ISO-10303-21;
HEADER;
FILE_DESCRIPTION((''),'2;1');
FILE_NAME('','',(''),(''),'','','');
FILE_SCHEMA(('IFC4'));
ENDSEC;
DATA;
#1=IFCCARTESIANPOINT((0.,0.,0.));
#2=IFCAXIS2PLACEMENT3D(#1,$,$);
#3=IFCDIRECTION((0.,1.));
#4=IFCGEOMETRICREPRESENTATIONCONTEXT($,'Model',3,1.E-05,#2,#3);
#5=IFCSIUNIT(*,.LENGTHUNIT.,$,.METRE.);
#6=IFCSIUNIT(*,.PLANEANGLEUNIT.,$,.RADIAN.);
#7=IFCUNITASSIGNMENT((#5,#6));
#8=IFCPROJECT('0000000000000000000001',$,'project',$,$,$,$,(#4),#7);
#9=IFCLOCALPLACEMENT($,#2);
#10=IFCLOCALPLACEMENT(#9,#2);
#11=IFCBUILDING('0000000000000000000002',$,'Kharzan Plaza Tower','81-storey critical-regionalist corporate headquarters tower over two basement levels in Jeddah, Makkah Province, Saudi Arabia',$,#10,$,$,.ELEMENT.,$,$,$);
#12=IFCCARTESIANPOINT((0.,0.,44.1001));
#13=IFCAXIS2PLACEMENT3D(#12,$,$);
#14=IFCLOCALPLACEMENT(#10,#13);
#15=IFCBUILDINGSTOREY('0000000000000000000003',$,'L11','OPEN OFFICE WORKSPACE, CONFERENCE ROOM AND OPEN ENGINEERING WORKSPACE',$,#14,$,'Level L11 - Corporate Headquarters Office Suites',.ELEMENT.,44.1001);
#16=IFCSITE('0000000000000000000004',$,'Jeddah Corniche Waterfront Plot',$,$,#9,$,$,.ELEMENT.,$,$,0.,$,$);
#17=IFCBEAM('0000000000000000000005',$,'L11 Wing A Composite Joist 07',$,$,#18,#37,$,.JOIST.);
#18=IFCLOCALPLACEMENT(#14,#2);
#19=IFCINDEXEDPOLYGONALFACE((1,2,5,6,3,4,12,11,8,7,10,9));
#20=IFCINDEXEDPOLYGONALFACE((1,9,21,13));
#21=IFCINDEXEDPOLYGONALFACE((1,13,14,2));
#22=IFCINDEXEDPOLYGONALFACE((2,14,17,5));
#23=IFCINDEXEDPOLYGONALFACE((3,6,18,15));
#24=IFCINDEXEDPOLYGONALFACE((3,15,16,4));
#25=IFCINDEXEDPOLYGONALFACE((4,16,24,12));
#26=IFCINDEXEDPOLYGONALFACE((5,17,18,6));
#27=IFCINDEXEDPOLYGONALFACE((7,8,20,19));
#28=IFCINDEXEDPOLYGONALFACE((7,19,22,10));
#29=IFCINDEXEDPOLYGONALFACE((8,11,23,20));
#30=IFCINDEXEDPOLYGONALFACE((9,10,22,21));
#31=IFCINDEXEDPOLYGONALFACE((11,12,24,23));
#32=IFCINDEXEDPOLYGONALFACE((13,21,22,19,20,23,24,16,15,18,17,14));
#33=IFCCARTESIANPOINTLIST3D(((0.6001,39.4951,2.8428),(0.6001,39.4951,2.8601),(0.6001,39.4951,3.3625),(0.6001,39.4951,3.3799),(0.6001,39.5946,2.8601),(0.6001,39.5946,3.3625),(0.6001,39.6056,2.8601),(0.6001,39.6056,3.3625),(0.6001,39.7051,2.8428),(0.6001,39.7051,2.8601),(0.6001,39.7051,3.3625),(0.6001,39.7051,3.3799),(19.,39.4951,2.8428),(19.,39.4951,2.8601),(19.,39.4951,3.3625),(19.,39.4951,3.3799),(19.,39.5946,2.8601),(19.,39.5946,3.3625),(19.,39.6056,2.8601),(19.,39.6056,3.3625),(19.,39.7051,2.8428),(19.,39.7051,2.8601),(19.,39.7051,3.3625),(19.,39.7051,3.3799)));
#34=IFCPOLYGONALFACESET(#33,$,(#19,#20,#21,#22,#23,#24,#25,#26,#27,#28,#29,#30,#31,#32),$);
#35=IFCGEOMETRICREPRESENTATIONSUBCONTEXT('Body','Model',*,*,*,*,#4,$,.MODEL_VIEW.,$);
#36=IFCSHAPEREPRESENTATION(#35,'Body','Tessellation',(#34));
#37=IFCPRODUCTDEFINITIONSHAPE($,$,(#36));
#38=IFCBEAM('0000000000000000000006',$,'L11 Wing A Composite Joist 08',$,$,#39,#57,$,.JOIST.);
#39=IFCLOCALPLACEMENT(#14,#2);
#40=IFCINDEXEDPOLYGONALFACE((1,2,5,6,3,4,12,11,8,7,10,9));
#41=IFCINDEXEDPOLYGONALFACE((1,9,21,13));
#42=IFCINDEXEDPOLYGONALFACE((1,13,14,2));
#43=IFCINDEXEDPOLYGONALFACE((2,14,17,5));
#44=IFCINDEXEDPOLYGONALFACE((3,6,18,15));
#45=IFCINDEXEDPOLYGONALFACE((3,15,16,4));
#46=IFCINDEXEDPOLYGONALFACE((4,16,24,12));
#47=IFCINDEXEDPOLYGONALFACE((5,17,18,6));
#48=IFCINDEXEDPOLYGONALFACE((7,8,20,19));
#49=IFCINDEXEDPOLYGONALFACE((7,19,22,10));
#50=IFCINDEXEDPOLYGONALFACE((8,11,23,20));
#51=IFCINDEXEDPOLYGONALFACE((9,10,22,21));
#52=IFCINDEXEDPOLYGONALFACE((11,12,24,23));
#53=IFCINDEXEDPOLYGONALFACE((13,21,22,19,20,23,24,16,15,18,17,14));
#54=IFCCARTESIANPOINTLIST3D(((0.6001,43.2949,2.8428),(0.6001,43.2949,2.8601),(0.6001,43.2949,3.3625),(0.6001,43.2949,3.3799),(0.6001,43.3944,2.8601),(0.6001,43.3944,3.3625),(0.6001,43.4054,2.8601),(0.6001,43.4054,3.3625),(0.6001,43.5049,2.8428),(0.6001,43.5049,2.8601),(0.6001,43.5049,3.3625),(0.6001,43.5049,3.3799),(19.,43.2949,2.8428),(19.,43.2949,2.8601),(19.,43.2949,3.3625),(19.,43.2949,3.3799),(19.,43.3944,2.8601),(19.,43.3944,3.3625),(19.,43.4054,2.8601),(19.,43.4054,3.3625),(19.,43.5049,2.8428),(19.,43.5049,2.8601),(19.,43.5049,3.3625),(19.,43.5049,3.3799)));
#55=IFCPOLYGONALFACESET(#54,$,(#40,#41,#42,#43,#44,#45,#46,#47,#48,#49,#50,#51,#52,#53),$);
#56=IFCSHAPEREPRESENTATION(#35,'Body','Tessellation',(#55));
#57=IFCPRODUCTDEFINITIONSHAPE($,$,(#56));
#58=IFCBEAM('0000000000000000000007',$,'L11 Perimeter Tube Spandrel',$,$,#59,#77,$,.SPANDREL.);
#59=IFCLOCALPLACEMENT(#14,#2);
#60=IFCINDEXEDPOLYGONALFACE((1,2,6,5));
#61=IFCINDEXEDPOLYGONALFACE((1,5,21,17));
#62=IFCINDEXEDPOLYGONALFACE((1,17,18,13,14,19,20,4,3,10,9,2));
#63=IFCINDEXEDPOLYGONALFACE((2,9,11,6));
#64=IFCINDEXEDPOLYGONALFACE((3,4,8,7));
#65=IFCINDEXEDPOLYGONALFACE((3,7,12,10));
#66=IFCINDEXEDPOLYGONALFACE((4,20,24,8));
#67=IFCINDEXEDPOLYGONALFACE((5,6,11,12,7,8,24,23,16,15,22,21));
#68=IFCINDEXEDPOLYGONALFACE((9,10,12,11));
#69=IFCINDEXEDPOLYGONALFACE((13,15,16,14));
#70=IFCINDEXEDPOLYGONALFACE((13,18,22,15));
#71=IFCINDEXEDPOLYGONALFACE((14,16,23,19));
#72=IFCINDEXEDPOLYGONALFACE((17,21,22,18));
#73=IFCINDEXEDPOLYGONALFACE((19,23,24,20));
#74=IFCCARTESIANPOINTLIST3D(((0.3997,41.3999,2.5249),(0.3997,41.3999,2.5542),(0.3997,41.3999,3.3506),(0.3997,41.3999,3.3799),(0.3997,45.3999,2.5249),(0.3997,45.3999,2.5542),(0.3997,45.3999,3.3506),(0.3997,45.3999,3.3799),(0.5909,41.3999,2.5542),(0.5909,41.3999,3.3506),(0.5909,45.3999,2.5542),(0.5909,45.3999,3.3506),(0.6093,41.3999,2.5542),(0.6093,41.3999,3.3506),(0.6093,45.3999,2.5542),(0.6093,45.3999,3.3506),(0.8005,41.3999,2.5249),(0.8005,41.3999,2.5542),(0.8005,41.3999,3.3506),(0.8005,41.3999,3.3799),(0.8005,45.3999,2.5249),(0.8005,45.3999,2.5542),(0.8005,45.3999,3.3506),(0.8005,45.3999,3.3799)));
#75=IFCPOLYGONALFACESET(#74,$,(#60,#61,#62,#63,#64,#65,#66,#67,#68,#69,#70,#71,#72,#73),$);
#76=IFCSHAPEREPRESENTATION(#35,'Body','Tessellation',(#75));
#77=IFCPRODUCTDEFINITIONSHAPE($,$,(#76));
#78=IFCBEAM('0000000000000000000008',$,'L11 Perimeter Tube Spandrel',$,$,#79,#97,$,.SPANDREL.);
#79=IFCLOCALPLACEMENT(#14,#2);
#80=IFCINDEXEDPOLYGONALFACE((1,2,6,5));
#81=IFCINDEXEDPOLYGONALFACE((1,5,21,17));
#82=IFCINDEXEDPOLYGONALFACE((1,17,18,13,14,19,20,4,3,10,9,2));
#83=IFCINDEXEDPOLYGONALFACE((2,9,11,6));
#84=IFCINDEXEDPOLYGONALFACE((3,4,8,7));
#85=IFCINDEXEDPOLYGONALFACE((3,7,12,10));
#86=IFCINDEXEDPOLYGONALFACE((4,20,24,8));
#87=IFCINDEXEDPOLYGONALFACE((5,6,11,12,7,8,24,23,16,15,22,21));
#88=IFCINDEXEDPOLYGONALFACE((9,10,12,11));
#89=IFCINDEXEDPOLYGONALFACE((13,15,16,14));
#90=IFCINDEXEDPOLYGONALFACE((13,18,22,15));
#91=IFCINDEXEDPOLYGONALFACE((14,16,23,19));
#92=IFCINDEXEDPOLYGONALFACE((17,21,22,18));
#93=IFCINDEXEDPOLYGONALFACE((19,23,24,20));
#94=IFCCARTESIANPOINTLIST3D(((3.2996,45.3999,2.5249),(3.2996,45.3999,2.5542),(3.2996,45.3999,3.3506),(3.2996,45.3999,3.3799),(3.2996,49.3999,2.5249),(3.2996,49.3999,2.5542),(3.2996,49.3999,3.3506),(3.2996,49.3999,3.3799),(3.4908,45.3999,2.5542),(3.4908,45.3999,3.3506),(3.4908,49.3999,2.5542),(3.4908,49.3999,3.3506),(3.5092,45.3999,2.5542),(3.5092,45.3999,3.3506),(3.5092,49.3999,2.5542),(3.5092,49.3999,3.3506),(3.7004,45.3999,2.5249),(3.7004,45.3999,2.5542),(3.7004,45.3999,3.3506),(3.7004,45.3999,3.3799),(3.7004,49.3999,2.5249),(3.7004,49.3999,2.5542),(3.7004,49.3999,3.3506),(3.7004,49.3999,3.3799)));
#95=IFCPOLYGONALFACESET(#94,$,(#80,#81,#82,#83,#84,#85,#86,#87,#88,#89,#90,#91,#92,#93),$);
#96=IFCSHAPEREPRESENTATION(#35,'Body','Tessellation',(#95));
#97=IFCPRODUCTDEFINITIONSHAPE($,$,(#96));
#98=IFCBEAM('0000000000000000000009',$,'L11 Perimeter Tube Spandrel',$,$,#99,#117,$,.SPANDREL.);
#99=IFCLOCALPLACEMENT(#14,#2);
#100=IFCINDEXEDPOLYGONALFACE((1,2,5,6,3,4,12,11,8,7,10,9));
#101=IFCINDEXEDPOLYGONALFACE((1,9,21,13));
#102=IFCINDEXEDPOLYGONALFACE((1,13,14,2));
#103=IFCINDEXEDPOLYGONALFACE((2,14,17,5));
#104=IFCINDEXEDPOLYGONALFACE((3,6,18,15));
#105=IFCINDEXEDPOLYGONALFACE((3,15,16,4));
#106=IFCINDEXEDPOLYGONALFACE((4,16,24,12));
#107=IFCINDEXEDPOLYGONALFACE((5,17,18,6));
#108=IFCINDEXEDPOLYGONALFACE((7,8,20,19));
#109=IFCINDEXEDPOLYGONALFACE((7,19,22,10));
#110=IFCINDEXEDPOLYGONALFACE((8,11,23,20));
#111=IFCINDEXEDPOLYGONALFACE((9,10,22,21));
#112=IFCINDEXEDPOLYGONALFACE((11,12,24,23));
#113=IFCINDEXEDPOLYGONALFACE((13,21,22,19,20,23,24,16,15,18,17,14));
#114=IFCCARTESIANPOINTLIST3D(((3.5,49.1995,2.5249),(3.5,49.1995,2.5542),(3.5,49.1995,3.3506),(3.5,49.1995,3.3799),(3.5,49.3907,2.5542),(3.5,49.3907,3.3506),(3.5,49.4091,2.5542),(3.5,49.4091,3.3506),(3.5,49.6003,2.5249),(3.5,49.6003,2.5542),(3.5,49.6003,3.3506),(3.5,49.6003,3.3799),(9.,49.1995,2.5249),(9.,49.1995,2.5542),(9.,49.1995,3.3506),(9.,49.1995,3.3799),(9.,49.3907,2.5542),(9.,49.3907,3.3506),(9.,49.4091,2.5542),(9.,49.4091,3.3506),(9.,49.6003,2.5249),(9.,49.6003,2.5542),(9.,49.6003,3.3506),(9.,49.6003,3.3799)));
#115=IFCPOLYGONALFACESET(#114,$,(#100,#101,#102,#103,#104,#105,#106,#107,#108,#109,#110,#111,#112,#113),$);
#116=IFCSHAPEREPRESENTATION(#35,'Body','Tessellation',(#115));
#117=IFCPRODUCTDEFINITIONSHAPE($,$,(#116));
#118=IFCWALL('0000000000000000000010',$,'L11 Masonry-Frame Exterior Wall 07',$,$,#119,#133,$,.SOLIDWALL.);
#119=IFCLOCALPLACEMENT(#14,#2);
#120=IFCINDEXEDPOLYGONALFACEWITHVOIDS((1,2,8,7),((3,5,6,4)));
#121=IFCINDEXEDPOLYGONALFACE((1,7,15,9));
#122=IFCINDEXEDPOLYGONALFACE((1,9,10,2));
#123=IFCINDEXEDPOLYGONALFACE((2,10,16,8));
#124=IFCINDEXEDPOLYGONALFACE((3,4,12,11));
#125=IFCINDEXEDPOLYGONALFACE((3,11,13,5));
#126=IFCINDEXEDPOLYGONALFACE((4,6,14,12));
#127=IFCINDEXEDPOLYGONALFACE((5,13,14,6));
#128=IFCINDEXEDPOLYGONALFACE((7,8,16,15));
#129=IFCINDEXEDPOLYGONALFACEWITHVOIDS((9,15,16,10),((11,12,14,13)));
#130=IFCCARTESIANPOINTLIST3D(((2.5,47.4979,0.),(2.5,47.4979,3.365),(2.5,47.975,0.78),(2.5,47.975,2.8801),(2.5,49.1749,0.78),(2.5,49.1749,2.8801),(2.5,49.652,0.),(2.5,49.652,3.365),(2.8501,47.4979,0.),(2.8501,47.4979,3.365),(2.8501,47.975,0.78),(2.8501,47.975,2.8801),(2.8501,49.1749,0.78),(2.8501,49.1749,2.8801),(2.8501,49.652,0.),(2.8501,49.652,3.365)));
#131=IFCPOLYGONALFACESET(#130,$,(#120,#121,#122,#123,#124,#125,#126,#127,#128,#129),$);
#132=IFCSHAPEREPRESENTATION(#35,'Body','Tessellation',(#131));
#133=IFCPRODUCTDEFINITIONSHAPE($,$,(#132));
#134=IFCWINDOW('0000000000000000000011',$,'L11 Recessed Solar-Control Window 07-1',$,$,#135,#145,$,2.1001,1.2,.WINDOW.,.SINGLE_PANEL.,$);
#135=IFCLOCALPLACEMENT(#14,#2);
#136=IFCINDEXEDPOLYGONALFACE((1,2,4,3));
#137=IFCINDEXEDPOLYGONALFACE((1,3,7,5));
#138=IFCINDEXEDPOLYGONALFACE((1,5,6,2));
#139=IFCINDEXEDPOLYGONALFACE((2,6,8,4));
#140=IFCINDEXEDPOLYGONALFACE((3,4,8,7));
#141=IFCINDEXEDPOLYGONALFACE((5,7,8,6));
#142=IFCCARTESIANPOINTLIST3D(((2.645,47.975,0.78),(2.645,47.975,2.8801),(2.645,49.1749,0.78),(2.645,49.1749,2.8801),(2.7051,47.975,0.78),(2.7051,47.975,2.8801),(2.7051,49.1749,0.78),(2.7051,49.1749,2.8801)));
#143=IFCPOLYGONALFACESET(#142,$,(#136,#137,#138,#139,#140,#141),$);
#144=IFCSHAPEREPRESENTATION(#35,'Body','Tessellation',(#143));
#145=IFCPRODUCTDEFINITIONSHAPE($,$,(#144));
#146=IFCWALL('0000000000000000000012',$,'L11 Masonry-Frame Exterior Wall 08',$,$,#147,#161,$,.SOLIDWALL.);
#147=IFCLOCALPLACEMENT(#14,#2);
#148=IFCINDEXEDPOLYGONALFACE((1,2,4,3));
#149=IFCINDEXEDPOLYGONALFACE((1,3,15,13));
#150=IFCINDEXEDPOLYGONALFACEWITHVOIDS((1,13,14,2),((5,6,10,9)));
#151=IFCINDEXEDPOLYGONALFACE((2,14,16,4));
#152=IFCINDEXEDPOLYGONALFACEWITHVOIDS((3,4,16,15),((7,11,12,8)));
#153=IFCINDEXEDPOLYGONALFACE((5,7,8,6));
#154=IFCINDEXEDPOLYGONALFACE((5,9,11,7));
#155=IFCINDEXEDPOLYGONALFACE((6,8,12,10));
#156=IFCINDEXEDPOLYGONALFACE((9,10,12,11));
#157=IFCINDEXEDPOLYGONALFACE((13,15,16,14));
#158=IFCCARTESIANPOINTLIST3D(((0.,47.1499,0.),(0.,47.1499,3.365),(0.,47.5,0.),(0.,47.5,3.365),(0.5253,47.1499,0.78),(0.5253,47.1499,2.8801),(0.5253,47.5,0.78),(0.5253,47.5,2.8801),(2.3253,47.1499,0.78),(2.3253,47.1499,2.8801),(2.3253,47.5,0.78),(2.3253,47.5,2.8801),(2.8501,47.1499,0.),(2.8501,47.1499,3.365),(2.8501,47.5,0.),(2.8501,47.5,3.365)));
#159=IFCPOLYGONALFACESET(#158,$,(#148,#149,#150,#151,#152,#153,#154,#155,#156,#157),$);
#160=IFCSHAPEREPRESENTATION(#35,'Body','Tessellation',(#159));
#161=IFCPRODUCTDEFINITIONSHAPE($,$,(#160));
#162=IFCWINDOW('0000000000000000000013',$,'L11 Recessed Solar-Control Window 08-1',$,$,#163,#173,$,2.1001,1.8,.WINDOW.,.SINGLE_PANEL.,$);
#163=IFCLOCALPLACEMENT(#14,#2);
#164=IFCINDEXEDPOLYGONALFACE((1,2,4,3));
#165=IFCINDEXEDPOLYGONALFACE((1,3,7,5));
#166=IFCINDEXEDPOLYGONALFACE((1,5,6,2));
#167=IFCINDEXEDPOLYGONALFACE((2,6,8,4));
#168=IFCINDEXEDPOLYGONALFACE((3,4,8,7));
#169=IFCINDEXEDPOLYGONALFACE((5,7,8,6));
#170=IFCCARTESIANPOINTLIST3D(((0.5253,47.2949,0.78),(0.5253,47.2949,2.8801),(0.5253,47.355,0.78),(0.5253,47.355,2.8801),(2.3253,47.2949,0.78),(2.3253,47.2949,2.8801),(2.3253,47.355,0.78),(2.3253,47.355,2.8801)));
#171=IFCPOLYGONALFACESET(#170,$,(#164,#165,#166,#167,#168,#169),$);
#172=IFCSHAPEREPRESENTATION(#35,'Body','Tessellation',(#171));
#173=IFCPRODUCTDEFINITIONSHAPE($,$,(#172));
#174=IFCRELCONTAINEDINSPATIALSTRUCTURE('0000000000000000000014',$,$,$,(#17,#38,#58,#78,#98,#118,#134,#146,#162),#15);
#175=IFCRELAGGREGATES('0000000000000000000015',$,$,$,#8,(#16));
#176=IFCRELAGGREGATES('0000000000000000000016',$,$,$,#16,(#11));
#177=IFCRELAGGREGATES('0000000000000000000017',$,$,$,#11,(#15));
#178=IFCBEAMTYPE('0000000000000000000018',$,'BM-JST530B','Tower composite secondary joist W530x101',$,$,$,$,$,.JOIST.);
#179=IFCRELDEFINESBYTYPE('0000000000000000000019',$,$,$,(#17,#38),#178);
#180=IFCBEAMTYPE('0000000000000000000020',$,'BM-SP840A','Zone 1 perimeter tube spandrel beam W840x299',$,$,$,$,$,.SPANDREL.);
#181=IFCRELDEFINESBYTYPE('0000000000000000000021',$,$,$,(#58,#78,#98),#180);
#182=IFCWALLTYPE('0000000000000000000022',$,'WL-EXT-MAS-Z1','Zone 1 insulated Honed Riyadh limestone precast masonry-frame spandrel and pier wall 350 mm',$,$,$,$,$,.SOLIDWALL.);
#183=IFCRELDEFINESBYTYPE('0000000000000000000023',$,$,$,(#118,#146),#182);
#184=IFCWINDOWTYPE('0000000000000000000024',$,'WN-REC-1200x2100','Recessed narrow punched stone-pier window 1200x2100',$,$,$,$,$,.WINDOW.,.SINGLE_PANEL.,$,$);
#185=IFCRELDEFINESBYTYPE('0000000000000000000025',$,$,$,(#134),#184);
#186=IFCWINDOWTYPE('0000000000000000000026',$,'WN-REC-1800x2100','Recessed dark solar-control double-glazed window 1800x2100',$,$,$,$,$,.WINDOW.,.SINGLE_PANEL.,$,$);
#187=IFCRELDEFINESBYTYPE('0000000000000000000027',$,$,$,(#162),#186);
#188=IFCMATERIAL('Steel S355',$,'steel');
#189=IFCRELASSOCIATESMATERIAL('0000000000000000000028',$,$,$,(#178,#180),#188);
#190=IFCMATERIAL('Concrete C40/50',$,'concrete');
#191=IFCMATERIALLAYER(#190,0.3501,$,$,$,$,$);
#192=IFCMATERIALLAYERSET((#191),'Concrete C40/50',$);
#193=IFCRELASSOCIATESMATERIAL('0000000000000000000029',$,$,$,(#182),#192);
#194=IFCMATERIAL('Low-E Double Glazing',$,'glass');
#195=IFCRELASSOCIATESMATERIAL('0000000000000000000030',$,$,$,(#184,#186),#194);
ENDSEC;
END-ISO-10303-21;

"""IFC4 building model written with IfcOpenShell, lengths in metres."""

from ifc_helpers import new_model, si_unit, direction, frame, frame_2d, origin, origin_2d, place, context, subcontext, project, spatial, rectangle, i_section, extrude, source, transform, mapped, material, layer, layer_set, material_profile, profile_set, type_object, element, fill, save


model = new_model("IFC4")

# Units and contexts
model_context = context("Model", 3, precision=1e-05, world=origin(), true_north=direction((0.0, 1.0)))
body_context = subcontext(model_context, "Body", "Model", "MODEL_VIEW")
ifc_project = project(units=[si_unit("LENGTHUNIT", "METRE"), si_unit("PLANEANGLEUNIT", "RADIAN")], contexts=[model_context])

# Site, building, storey
site_placement = place(None, origin())
site = spatial("IfcSite", under=ifc_project, at=site_placement, Name="Jeddah Corniche Waterfront Plot", CompositionType="ELEMENT", RefElevation=0.0)
building_placement = place(site_placement, origin())
building = spatial("IfcBuilding", under=site, at=building_placement, Name="Kharzan Plaza Tower", Description="81-storey critical-regionalist corporate headquarters tower over two basement levels in Jeddah, Makkah Province, Saudi Arabia", CompositionType="ELEMENT")
storey_placement = place(building_placement, frame((0.0, 0.0, 44.1001)))
storey = spatial("IfcBuildingStorey", under=building, at=storey_placement, Name="L11", Description="OPEN OFFICE WORKSPACE, CONFERENCE ROOM AND OPEN ENGINEERING WORKSPACE", LongName="Level L11 - Corporate Headquarters Office Suites", CompositionType="ELEMENT", Elevation=44.1001)

# Beams
ifc_material_1 = material(Name="Steel S355", Category="steel")
ifc_material_profile_1 = material_profile(ifc_material_1, i_section(OverallWidth=0.21, OverallDepth=0.5371, WebThickness=0.011, FlangeThickness=0.0173, at=origin_2d()), Name="W530x101")
ifc_profile_set_1 = profile_set([ifc_material_profile_1], Name="Steel S355")
beam_type_1 = type_object("IfcBeamType", Name="BM-JST530B", Description="Tower composite secondary joist W530x101", PredefinedType="JOIST", material=ifc_profile_set_1)
shared_shape_1 = source(origin(), body_context, "Body", "SweptSolid", [
    extrude(i_section(OverallWidth=0.21, OverallDepth=0.5371, WebThickness=0.011, FlangeThickness=0.0173, at=origin_2d()), origin(), (0.0, 0.0, 1.0), 18.3999),
])
for number, where, z_axis, x_axis, name in (
    (1, (0.6001, 39.6001, 3.1113), (1.0, 0.0, 0.0), (0.0, 1.0, 0.0), "L11 Wing A Composite Joist 07"),
    (2, (0.6001, 43.3999, 3.1113), (1.0, 0.0, 0.0), (0.0, 1.0, 0.0), "L11 Wing A Composite Joist 08"),
):
    element("IfcBeam", number, at=place(storey_placement, frame(where, z_axis=z_axis, x_axis=x_axis)), inside=storey, type_object=beam_type_1, Name=name, PredefinedType="JOIST", context=body_context, shape_type="MappedRepresentation", body=[
        mapped(shared_shape_1, transform((0.0, 0.0, 0.0), x_axis=(1.0, 0.0, 0.0), y_axis=(0.0, 1.0, 0.0), z_axis=(0.0, 0.0, 1.0))),
    ])
ifc_material_profile_2 = material_profile(ifc_material_1, i_section(OverallWidth=0.4009, OverallDepth=0.855, WebThickness=0.0183, FlangeThickness=0.0293, at=origin_2d()), Name="W840x299")
ifc_profile_set_2 = profile_set([ifc_material_profile_2], Name="Steel S355")
beam_type_2 = type_object("IfcBeamType", Name="BM-SP840A", Description="Zone 1 perimeter tube spandrel beam W840x299", PredefinedType="SPANDREL", material=ifc_profile_set_2)
shared_shape_2 = source(origin(), body_context, "Body", "SweptSolid", [
    extrude(i_section(OverallWidth=0.4009, OverallDepth=0.855, WebThickness=0.0183, FlangeThickness=0.0293, at=origin_2d()), origin(), (0.0, 0.0, 1.0), 4.0),
])
for number, where, z_axis, x_axis, name in (
    (3, (0.6001, 41.3999, 2.9524), (0.0, 1.0, 0.0), (-1.0, 0.0, 0.0), "L11 Perimeter Tube Spandrel"),
    (4, (3.5, 45.3999, 2.9524), (0.0, 1.0, 0.0), (-1.0, 0.0, 0.0), "L11 Perimeter Tube Spandrel"),
):
    element("IfcBeam", number, at=place(storey_placement, frame(where, z_axis=z_axis, x_axis=x_axis)), inside=storey, type_object=beam_type_2, Name=name, PredefinedType="SPANDREL", context=body_context, shape_type="MappedRepresentation", body=[
        mapped(shared_shape_2, transform((0.0, 0.0, 0.0), x_axis=(1.0, 0.0, 0.0), y_axis=(0.0, 1.0, 0.0), z_axis=(0.0, 0.0, 1.0))),
    ])
shared_shape_3 = source(origin(), body_context, "Body", "SweptSolid", [
    extrude(i_section(OverallWidth=0.4009, OverallDepth=0.855, WebThickness=0.0183, FlangeThickness=0.0293, at=origin_2d()), origin(), (0.0, 0.0, 1.0), 5.5),
])
beam_1_placement = place(storey_placement, frame((3.5, 49.3999, 2.9524), z_axis=(1.0, 0.0, 0.0), x_axis=(0.0, 1.0, 0.0)))
element("IfcBeam", 5, at=beam_1_placement, inside=storey, type_object=beam_type_2, Name="L11 Perimeter Tube Spandrel", PredefinedType="SPANDREL", context=body_context, shape_type="MappedRepresentation", body=[
    mapped(shared_shape_3, transform((0.0, 0.0, 0.0), x_axis=(1.0, 0.0, 0.0), y_axis=(0.0, 1.0, 0.0), z_axis=(0.0, 0.0, 1.0))),
])

# Walls, openings, windows
ifc_material_2 = material(Name="Concrete C40/50", Category="concrete")
ifc_layer_1 = layer(ifc_material_2, 0.3501)
ifc_layer_set_1 = layer_set([ifc_layer_1], Name="Concrete C40/50")
wall_type_1 = type_object("IfcWallType", Name="WL-EXT-MAS-Z1", Description="Zone 1 insulated Honed Riyadh limestone precast masonry-frame spandrel and pier wall 350 mm", PredefinedType="SOLIDWALL", material=ifc_layer_set_1)
wall_1_placement = place(storey_placement, frame((2.675, 49.6521, 0.0), z_axis=(0.0, 0.0, 1.0), x_axis=(0.0, -1.0, 0.0)))
wall_1 = element("IfcWall", 6, at=wall_1_placement, inside=storey, type_object=wall_type_1, Name="L11 Masonry-Frame Exterior Wall 07", PredefinedType="SOLIDWALL", context=body_context, shape_type="SweptSolid", body=[
    extrude(rectangle(XDim=2.1541, YDim=0.3501, at=frame_2d((1.0771, 0.0))), origin(), (0.0, 0.0, 1.0), 3.365),
])
opening_1_placement = place(wall_1_placement, frame((0.4771, 0.0, 0.78)))
opening_1 = element("IfcOpeningElement", 7, at=opening_1_placement, cuts=wall_1, PredefinedType="OPENING", context=body_context, shape_type="SweptSolid", body=[
    extrude(rectangle(XDim=1.2, YDim=2.1001, at=frame_2d((0.6001, 1.05))), frame((0.0, 0.1851, 0.0), z_axis=(0.0, -1.0, 0.0), x_axis=(1.0, 0.0, 0.0)), (0.0, 0.0, 1.0), 0.3701),
])
ifc_material_3 = material(Name="Low-E Double Glazing", Category="glass")
window_type_1 = type_object("IfcWindowType", Name="WN-REC-1200x2100", Description="Recessed narrow punched stone-pier window 1200x2100", PartitioningType="SINGLE_PANEL", PredefinedType="WINDOW", material=ifc_material_3)
shared_shape_4 = source(origin(), body_context, "Body", "SweptSolid", [
    extrude(rectangle(XDim=1.2, YDim=2.1001, at=frame_2d((0.6001, 1.05))), frame((0.0, 0.03, 0.0), z_axis=(0.0, -1.0, 0.0), x_axis=(1.0, 0.0, 0.0)), (0.0, 0.0, 1.0), 0.0601),
])
window_1_placement = place(opening_1_placement, origin())
window_1 = element("IfcWindow", 8, at=window_1_placement, inside=storey, type_object=window_type_1, Name="L11 Recessed Solar-Control Window 07-1", OverallHeight=2.1001, OverallWidth=1.2, PartitioningType="SINGLE_PANEL", PredefinedType="WINDOW", context=body_context, shape_type="MappedRepresentation", body=[
    mapped(shared_shape_4, transform((0.0, 0.0, 0.0), x_axis=(1.0, 0.0, 0.0), y_axis=(0.0, 1.0, 0.0), z_axis=(0.0, 0.0, 1.0))),
])
fill(opening_1, window_1)
wall_2_placement = place(storey_placement, frame((2.8501, 47.325, 0.0), z_axis=(0.0, 0.0, 1.0), x_axis=(-1.0, 0.0, 0.0)))
wall_2 = element("IfcWall", 9, at=wall_2_placement, inside=storey, type_object=wall_type_1, Name="L11 Masonry-Frame Exterior Wall 08", PredefinedType="SOLIDWALL", context=body_context, shape_type="SweptSolid", body=[
    extrude(rectangle(XDim=2.8501, YDim=0.3501, at=frame_2d((1.425, 0.0))), origin(), (0.0, 0.0, 1.0), 3.365),
])
opening_2_placement = place(wall_2_placement, frame((0.5249, 0.0, 0.78)))
opening_2 = element("IfcOpeningElement", 10, at=opening_2_placement, cuts=wall_2, PredefinedType="OPENING", context=body_context, shape_type="SweptSolid", body=[
    extrude(rectangle(XDim=1.8, YDim=2.1001, at=frame_2d((0.8999, 1.05))), frame((0.0, 0.1851, 0.0), z_axis=(0.0, -1.0, 0.0), x_axis=(1.0, 0.0, 0.0)), (0.0, 0.0, 1.0), 0.3701),
])
window_type_2 = type_object("IfcWindowType", Name="WN-REC-1800x2100", Description="Recessed dark solar-control double-glazed window 1800x2100", PartitioningType="SINGLE_PANEL", PredefinedType="WINDOW", material=ifc_material_3)
shared_shape_5 = source(origin(), body_context, "Body", "SweptSolid", [
    extrude(rectangle(XDim=1.8, YDim=2.1001, at=frame_2d((0.8999, 1.05))), frame((0.0, 0.03, 0.0), z_axis=(0.0, -1.0, 0.0), x_axis=(1.0, 0.0, 0.0)), (0.0, 0.0, 1.0), 0.0601),
])
window_2_placement = place(opening_2_placement, origin())
window_2 = element("IfcWindow", 11, at=window_2_placement, inside=storey, type_object=window_type_2, Name="L11 Recessed Solar-Control Window 08-1", OverallHeight=2.1001, OverallWidth=1.8, PartitioningType="SINGLE_PANEL", PredefinedType="WINDOW", context=body_context, shape_type="MappedRepresentation", body=[
    mapped(shared_shape_5, transform((0.0, 0.0, 0.0), x_axis=(1.0, 0.0, 0.0), y_axis=(0.0, 1.0, 0.0), z_axis=(0.0, 0.0, 1.0))),
])
fill(opening_2, window_2)

save(model, "model.ifc")
